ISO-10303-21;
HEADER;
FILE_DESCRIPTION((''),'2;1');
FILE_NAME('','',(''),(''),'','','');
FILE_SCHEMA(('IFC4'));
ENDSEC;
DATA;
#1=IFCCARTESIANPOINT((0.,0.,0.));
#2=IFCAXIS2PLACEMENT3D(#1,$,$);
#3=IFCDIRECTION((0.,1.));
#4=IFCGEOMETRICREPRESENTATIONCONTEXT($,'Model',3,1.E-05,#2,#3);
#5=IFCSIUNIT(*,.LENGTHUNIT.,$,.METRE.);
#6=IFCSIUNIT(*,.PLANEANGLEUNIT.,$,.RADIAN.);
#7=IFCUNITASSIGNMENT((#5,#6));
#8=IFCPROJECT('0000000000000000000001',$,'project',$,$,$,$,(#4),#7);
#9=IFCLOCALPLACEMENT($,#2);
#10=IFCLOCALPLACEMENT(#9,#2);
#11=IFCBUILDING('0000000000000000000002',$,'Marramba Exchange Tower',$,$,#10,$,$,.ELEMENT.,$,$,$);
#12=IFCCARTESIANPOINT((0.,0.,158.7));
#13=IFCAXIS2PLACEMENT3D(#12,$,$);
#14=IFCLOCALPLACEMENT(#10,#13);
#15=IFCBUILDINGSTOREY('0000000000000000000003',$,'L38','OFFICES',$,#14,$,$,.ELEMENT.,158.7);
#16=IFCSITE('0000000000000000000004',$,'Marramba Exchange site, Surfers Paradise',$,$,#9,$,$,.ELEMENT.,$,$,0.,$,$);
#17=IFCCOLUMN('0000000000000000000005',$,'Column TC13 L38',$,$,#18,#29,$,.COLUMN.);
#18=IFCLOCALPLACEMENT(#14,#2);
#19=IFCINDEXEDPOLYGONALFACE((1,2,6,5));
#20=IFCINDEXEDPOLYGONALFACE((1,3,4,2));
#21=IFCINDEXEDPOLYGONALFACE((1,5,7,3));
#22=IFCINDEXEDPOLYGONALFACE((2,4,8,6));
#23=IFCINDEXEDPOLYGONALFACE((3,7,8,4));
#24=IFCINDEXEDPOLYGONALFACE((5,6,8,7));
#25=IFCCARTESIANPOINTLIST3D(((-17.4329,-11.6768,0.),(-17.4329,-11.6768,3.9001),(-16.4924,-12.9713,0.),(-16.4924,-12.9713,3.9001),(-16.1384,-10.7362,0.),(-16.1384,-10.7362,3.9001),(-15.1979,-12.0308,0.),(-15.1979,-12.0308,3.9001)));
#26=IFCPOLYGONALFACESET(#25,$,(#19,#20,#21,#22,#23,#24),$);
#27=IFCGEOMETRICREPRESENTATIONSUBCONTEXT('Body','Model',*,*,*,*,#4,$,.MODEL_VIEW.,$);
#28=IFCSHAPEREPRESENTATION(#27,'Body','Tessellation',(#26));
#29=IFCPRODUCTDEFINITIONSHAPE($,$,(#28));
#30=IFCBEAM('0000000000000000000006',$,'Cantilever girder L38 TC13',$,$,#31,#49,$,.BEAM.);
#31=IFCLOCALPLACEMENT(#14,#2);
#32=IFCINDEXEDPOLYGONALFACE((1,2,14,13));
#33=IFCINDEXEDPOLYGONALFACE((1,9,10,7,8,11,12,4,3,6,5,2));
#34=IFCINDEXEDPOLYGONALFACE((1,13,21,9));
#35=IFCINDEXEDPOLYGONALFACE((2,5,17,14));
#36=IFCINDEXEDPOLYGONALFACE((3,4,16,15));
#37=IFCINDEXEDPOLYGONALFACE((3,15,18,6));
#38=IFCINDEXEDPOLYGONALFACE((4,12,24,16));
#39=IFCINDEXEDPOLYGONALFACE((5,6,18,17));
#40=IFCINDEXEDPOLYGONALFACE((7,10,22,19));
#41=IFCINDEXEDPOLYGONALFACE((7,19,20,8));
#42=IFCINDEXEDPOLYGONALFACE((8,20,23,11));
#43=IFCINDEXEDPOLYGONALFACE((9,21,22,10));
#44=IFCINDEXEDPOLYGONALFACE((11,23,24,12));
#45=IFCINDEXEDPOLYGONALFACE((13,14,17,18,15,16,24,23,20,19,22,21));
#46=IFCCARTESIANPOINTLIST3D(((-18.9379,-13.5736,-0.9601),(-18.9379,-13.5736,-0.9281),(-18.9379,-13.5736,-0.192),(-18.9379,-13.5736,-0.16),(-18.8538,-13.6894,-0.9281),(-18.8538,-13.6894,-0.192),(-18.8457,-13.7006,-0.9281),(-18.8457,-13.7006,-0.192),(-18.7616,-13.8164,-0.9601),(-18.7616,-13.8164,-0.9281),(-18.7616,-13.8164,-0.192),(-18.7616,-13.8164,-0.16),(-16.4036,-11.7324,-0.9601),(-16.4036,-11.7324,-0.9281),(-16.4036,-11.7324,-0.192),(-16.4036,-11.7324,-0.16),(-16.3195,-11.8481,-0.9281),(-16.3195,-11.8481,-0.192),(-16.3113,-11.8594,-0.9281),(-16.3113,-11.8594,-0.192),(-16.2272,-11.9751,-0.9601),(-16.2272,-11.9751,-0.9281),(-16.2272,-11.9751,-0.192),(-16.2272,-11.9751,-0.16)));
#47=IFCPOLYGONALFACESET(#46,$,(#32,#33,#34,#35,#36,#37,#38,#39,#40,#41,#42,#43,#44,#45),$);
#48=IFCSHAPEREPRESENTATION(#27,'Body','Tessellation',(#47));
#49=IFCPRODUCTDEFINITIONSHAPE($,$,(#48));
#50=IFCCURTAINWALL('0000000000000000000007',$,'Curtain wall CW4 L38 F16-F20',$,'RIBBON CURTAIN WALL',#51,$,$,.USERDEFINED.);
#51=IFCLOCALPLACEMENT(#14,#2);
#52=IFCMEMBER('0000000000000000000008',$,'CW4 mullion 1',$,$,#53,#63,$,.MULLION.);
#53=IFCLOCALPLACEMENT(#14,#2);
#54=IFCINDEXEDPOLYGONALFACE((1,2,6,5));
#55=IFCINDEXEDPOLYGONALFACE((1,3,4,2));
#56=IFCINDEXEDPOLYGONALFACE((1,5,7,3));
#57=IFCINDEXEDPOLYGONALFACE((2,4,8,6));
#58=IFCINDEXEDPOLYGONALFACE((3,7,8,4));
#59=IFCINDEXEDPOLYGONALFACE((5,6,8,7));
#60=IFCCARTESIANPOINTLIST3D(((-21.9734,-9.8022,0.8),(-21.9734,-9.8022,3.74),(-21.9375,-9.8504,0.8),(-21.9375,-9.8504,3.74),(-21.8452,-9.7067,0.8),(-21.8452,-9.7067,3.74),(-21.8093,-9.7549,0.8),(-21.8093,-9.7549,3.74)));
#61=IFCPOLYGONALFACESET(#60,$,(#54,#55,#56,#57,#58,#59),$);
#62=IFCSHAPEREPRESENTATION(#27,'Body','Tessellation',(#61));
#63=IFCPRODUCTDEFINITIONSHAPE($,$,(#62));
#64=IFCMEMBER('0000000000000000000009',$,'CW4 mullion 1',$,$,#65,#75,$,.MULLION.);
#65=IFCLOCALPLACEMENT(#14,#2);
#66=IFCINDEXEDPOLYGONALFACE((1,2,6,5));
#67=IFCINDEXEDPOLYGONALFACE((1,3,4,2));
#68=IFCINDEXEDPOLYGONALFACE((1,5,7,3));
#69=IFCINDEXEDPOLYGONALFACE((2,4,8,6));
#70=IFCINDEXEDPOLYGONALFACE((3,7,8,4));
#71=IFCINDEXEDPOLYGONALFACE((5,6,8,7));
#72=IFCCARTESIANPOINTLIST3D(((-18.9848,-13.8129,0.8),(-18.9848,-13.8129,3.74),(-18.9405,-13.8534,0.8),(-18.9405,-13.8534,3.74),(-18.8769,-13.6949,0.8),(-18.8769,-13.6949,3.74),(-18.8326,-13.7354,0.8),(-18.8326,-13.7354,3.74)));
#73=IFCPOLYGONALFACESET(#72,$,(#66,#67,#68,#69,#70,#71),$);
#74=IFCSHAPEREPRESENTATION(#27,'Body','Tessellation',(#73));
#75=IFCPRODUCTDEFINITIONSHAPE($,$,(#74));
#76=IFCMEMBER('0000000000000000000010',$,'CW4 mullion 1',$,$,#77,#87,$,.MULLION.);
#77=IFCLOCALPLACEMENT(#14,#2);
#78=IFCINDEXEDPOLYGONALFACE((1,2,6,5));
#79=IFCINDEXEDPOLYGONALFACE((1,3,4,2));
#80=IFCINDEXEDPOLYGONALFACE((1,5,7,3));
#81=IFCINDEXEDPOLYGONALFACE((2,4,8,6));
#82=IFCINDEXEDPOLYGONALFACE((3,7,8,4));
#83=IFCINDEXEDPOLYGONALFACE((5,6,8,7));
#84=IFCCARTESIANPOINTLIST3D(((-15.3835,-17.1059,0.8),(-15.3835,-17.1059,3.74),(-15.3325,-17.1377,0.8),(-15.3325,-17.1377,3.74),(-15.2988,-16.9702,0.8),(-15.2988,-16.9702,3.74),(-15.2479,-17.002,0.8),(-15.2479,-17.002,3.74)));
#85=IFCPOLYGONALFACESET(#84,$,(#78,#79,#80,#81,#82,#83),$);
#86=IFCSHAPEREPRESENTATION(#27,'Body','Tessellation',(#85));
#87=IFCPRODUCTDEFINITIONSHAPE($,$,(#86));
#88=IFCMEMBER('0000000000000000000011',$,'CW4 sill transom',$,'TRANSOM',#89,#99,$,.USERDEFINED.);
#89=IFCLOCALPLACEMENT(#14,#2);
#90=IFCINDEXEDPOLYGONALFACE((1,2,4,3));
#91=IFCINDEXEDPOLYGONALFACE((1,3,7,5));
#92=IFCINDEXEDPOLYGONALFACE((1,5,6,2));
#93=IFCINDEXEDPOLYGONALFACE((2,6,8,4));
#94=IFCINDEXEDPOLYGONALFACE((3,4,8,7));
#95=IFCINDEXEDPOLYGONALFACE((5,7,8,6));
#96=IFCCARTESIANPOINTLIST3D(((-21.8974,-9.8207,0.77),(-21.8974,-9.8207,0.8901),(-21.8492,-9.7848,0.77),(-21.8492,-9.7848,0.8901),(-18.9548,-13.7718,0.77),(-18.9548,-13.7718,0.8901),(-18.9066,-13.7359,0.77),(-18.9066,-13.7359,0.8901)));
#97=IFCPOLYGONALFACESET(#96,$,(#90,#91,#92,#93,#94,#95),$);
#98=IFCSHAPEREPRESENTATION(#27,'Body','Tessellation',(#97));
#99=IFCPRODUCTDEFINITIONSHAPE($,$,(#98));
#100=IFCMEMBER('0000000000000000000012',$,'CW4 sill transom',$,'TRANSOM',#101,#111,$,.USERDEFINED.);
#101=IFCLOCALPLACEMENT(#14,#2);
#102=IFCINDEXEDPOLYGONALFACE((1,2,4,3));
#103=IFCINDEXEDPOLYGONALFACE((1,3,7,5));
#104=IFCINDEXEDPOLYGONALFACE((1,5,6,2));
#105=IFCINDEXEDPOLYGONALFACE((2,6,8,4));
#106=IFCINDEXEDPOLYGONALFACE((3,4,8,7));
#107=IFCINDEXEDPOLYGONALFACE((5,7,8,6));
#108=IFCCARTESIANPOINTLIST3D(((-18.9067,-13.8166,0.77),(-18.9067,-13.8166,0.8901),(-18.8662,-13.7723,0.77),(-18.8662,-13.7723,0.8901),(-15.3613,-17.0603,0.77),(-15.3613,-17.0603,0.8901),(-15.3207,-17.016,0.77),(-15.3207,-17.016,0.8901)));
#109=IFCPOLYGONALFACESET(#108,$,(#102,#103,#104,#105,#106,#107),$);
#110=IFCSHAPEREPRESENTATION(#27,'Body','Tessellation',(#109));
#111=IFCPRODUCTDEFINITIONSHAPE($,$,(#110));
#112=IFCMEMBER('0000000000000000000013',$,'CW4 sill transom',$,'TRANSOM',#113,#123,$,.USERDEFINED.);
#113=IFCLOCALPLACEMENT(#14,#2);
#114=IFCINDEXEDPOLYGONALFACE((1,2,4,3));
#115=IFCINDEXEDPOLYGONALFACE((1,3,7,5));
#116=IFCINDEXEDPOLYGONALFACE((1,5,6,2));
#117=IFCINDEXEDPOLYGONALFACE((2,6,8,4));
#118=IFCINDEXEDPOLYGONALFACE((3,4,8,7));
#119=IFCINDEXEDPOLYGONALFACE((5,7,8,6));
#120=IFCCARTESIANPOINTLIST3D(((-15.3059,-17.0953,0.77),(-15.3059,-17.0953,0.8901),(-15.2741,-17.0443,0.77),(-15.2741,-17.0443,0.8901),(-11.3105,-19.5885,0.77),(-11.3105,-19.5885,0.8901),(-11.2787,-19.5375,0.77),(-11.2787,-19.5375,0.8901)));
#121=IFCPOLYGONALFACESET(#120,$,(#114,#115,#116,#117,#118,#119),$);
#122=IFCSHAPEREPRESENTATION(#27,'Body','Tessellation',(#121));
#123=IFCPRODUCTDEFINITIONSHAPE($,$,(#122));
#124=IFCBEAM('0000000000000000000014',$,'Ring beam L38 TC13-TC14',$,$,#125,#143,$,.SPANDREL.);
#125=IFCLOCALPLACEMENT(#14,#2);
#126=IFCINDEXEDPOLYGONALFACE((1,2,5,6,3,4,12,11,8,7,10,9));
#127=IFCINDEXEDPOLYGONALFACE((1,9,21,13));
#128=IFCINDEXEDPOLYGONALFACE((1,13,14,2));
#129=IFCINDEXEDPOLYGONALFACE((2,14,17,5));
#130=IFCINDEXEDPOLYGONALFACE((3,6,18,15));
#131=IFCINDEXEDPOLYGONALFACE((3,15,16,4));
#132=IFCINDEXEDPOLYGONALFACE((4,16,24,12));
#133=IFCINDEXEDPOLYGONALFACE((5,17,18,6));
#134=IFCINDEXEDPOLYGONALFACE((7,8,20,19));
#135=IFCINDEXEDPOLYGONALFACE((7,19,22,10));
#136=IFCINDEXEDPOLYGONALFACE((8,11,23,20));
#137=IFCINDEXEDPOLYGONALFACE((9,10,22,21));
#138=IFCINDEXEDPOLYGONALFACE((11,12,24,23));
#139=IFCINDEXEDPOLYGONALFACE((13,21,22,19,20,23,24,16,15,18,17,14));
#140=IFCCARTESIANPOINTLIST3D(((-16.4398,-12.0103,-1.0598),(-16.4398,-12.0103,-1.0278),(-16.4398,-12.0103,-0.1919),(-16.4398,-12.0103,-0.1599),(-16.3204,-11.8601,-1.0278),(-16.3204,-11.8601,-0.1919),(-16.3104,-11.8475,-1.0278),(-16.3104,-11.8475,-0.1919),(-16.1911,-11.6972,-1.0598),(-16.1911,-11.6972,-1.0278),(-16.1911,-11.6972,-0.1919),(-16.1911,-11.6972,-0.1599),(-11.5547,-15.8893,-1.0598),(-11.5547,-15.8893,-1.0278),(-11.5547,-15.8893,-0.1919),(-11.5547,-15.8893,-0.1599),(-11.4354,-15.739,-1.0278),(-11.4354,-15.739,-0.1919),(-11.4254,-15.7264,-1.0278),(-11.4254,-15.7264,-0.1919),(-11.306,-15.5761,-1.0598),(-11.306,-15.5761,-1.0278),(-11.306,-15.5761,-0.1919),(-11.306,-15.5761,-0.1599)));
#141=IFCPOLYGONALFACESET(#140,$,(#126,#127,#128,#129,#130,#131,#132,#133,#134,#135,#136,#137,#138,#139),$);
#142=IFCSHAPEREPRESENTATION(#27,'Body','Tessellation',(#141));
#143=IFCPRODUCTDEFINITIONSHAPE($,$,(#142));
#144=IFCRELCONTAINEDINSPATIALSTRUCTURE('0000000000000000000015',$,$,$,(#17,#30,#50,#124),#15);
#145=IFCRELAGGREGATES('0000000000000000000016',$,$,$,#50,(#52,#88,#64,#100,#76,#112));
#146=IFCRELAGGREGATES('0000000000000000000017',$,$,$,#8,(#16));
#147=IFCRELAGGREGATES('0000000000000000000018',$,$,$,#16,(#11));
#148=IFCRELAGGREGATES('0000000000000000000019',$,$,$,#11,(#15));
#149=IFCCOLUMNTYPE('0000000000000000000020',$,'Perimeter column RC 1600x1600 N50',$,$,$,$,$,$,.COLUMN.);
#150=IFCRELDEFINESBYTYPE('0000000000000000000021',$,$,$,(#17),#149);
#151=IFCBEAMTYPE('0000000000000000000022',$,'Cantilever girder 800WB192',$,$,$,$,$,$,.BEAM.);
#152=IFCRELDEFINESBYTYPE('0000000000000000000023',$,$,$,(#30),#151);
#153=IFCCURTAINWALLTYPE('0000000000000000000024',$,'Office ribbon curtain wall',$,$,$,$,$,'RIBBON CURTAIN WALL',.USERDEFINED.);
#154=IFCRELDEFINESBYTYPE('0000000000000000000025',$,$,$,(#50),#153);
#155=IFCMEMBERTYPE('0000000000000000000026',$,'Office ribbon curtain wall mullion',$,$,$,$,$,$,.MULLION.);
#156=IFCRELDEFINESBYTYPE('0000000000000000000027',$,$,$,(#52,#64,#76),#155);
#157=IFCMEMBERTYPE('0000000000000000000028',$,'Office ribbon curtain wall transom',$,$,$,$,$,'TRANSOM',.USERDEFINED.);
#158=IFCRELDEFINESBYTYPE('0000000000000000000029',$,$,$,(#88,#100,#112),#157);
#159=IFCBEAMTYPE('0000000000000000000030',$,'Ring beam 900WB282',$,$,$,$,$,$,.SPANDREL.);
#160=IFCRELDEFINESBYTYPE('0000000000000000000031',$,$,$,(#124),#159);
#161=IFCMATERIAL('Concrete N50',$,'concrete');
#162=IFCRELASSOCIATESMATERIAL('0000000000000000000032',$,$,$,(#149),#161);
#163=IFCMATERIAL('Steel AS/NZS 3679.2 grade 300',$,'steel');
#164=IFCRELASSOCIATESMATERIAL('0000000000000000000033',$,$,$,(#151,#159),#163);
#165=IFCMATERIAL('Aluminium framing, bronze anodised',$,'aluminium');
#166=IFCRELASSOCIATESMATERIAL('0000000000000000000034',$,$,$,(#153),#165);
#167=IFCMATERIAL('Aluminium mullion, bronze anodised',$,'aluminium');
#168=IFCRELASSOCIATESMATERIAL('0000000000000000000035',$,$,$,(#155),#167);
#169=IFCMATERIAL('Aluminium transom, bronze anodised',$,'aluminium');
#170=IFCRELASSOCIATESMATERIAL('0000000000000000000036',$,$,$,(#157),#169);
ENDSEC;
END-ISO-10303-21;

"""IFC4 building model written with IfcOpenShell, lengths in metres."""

from ifc_helpers import new_model, si_unit, direction, frame, origin, origin_2d, place, context, subcontext, project, spatial, rectangle, i_section, extrude, material, material_profile, profile_set, type_object, element, aggregate, save


model = new_model("IFC4")

# Units and contexts
model_context = context("Model", 3, precision=1e-05, world=origin(), true_north=direction((0.0, 1.0)))
body_context = subcontext(model_context, "Body", "Model", "MODEL_VIEW")
ifc_project = project(units=[si_unit("LENGTHUNIT", "METRE"), si_unit("PLANEANGLEUNIT", "RADIAN")], contexts=[model_context])

# Site, building, storey
site_placement = place(None, origin())
site = spatial("IfcSite", under=ifc_project, at=site_placement, Name="Marramba Exchange site, Surfers Paradise", CompositionType="ELEMENT", RefElevation=0.0)
building_placement = place(site_placement, origin())
building = spatial("IfcBuilding", under=site, at=building_placement, Name="Marramba Exchange Tower", CompositionType="ELEMENT")
storey_placement = place(building_placement, frame((0.0, 0.0, 158.7)))
storey = spatial("IfcBuildingStorey", under=building, at=storey_placement, Name="L38", Description="OFFICES", CompositionType="ELEMENT", Elevation=158.7)

# Column
ifc_material_1 = material(Name="Concrete N50", Category="concrete")
ifc_material_profile_1 = material_profile(ifc_material_1, rectangle(XDim=1.6001, YDim=1.6001, at=origin_2d()), Name="RC 1600x1600")
ifc_profile_set_1 = profile_set([ifc_material_profile_1], Name="Concrete N50")
column_type = type_object("IfcColumnType", Name="Perimeter column RC 1600x1600 N50", PredefinedType="COLUMN", material=ifc_profile_set_1)
column_placement = place(storey_placement, frame((-16.3154, -11.8538, 0.0), z_axis=(0.0, 0.0, 1.0), x_axis=(-0.809017, -0.587785, 0.0)))
element("IfcColumn", 1, at=column_placement, inside=storey, type_object=column_type, Name="Column TC13 L38", PredefinedType="COLUMN", context=body_context, shape_type="SweptSolid", body=[
    extrude(rectangle(XDim=1.6001, YDim=1.6001, at=origin_2d()), origin(), (0.0, 0.0, 1.0), 3.9001),
])

# Beam
ifc_material_2 = material(Name="Steel AS/NZS 3679.2 grade 300", Category="steel")
ifc_material_profile_2 = material_profile(ifc_material_2, i_section(OverallWidth=0.3, OverallDepth=0.8, WebThickness=0.0139, FlangeThickness=0.032, at=origin_2d()), Name="800WB192")
ifc_profile_set_2 = profile_set([ifc_material_profile_2], Name="Steel AS/NZS 3679.2 grade 300")
beam_type_1 = type_object("IfcBeamType", Name="Cantilever girder 800WB192", PredefinedType="BEAM", material=ifc_profile_set_2)
beam_1_placement = place(storey_placement, frame((-16.3154, -11.8538, -0.5601), z_axis=(-0.809026, -0.587773, 0.0), x_axis=(0.587773, -0.809026, 0.0)))
element("IfcBeam", 2, at=beam_1_placement, inside=storey, type_object=beam_type_1, Name="Cantilever girder L38 TC13", PredefinedType="BEAM", context=body_context, shape_type="SweptSolid", body=[
    extrude(i_section(OverallWidth=0.3, OverallDepth=0.8, WebThickness=0.0139, FlangeThickness=0.032, at=origin_2d()), origin(), (0.0, 0.0, 1.0), 3.1326),
])

# Curtain wall, members
ifc_material_3 = material(Name="Aluminium framing, bronze anodised", Category="aluminium")
curtain_wall_type = type_object("IfcCurtainWallType", Name="Office ribbon curtain wall", ElementType="RIBBON CURTAIN WALL", PredefinedType="USERDEFINED", material=ifc_material_3)
curtain_wall_placement = place(storey_placement, origin())
curtain_wall = element("IfcCurtainWall", 3, at=curtain_wall_placement, inside=storey, type_object=curtain_wall_type, Name="Curtain wall CW4 L38 F16-F20", ObjectType="RIBBON CURTAIN WALL", PredefinedType="USERDEFINED")
ifc_material_4 = material(Name="Aluminium mullion, bronze anodised", Category="aluminium")
ifc_material_profile_3 = material_profile(ifc_material_4, rectangle(XDim=0.1599, YDim=0.0601, at=origin_2d()), Name="CW4 mullion 60x160")
ifc_profile_set_3 = profile_set([ifc_material_profile_3], Name="Aluminium mullion, bronze anodised")
member_type_1 = type_object("IfcMemberType", Name="Office ribbon curtain wall mullion", PredefinedType="MULLION", material=ifc_profile_set_3)
member_1_placement = place(storey_placement, frame((-21.8914, -9.7786, 0.8), z_axis=(0.0, 0.0, 1.0), x_axis=(0.802014, 0.597305, 0.0)))
member_1 = element("IfcMember", 4, at=member_1_placement, type_object=member_type_1, Name="CW4 mullion 1", PredefinedType="MULLION", context=body_context, shape_type="SweptSolid", body=[
    extrude(rectangle(XDim=0.1599, YDim=0.0601, at=origin_2d()), origin(), (0.0, 0.0, 1.0), 2.9399),
])
member_2_placement = place(storey_placement, frame((-18.9087, -13.7742, 0.8), z_axis=(0.0, 0.0, 1.0), x_axis=(0.674995, 0.737822, 0.0)))
member_2 = element("IfcMember", 5, at=member_2_placement, type_object=member_type_1, Name="CW4 mullion 1", PredefinedType="MULLION", context=body_context, shape_type="SweptSolid", body=[
    extrude(rectangle(XDim=0.1599, YDim=0.0601, at=origin_2d()), origin(), (0.0, 0.0, 1.0), 2.9399),
])
member_3_placement = place(storey_placement, frame((-15.3157, -17.054, 0.8), z_axis=(0.0, 0.0, 1.0), x_axis=(0.529428, 0.848355, 0.0)))
member_3 = element("IfcMember", 6, at=member_3_placement, type_object=member_type_1, Name="CW4 mullion 1", PredefinedType="MULLION", context=body_context, shape_type="SweptSolid", body=[
    extrude(rectangle(XDim=0.1599, YDim=0.0601, at=origin_2d()), origin(), (0.0, 0.0, 1.0), 2.9399),
])
ifc_material_5 = material(Name="Aluminium transom, bronze anodised", Category="aluminium")
ifc_material_profile_4 = material_profile(ifc_material_5, rectangle(XDim=0.0601, YDim=0.1201, at=origin_2d()), Name="CW4 transom 60x120")
ifc_profile_set_4 = profile_set([ifc_material_profile_4], Name="Aluminium transom, bronze anodised")
member_type_2 = type_object("IfcMemberType", Name="Office ribbon curtain wall transom", ElementType="TRANSOM", PredefinedType="USERDEFINED", material=ifc_profile_set_4)
member_4_placement = place(storey_placement, frame((-21.8733, -9.8027, 0.8301), z_axis=(0.597301, -0.802017, 0.0), x_axis=(0.802017, 0.597301, 0.0)))
member_4 = element("IfcMember", 7, at=member_4_placement, type_object=member_type_2, Name="CW4 sill transom", ObjectType="TRANSOM", PredefinedType="USERDEFINED", context=body_context, shape_type="SweptSolid", body=[
    extrude(rectangle(XDim=0.0601, YDim=0.1201, at=origin_2d()), origin(), (0.0, 0.0, 1.0), 4.9265),
])
member_5_placement = place(storey_placement, frame((-18.8865, -13.7944, 0.8301), z_axis=(0.737808, -0.675011, 0.0), x_axis=(0.675011, 0.737808, 0.0)))
member_5 = element("IfcMember", 8, at=member_5_placement, type_object=member_type_2, Name="CW4 sill transom", ObjectType="TRANSOM", PredefinedType="USERDEFINED", context=body_context, shape_type="SweptSolid", body=[
    extrude(rectangle(XDim=0.0601, YDim=0.1201, at=origin_2d()), origin(), (0.0, 0.0, 1.0), 4.8054),
])
member_6_placement = place(storey_placement, frame((-15.29, -17.0698, 0.8301), z_axis=(0.848374, -0.529398, 0.0), x_axis=(0.529398, 0.848374, 0.0)))
member_6 = element("IfcMember", 9, at=member_6_placement, type_object=member_type_2, Name="CW4 sill transom", ObjectType="TRANSOM", PredefinedType="USERDEFINED", context=body_context, shape_type="SweptSolid", body=[
    extrude(rectangle(XDim=0.0601, YDim=0.1201, at=origin_2d()), origin(), (0.0, 0.0, 1.0), 4.7095),
])

# Beam
ifc_material_profile_5 = material_profile(ifc_material_2, i_section(OverallWidth=0.3999, OverallDepth=0.8999, WebThickness=0.0161, FlangeThickness=0.032, at=origin_2d()), Name="900WB282")
ifc_profile_set_5 = profile_set([ifc_material_profile_5], Name="Steel AS/NZS 3679.2 grade 300")
beam_type_2 = type_object("IfcBeamType", Name="Ring beam 900WB282", PredefinedType="SPANDREL", material=ifc_profile_set_5)
beam_2_placement = place(storey_placement, frame((-16.3154, -11.8538, -0.6099), z_axis=(0.783139, -0.621846, 0.0), x_axis=(0.621846, 0.783139, 0.0)))
element("IfcBeam", 10, at=beam_2_placement, inside=storey, type_object=beam_type_2, Name="Ring beam L38 TC13-TC14", PredefinedType="SPANDREL", context=body_context, shape_type="SweptSolid", body=[
    extrude(i_section(OverallWidth=0.3999, OverallDepth=0.8999, WebThickness=0.0161, FlangeThickness=0.032, at=origin_2d()), origin(), (0.0, 0.0, 1.0), 6.2378),
])

aggregate(curtain_wall, [member_1, member_4, member_2, member_5, member_3, member_6])

save(model, "model.ifc")
